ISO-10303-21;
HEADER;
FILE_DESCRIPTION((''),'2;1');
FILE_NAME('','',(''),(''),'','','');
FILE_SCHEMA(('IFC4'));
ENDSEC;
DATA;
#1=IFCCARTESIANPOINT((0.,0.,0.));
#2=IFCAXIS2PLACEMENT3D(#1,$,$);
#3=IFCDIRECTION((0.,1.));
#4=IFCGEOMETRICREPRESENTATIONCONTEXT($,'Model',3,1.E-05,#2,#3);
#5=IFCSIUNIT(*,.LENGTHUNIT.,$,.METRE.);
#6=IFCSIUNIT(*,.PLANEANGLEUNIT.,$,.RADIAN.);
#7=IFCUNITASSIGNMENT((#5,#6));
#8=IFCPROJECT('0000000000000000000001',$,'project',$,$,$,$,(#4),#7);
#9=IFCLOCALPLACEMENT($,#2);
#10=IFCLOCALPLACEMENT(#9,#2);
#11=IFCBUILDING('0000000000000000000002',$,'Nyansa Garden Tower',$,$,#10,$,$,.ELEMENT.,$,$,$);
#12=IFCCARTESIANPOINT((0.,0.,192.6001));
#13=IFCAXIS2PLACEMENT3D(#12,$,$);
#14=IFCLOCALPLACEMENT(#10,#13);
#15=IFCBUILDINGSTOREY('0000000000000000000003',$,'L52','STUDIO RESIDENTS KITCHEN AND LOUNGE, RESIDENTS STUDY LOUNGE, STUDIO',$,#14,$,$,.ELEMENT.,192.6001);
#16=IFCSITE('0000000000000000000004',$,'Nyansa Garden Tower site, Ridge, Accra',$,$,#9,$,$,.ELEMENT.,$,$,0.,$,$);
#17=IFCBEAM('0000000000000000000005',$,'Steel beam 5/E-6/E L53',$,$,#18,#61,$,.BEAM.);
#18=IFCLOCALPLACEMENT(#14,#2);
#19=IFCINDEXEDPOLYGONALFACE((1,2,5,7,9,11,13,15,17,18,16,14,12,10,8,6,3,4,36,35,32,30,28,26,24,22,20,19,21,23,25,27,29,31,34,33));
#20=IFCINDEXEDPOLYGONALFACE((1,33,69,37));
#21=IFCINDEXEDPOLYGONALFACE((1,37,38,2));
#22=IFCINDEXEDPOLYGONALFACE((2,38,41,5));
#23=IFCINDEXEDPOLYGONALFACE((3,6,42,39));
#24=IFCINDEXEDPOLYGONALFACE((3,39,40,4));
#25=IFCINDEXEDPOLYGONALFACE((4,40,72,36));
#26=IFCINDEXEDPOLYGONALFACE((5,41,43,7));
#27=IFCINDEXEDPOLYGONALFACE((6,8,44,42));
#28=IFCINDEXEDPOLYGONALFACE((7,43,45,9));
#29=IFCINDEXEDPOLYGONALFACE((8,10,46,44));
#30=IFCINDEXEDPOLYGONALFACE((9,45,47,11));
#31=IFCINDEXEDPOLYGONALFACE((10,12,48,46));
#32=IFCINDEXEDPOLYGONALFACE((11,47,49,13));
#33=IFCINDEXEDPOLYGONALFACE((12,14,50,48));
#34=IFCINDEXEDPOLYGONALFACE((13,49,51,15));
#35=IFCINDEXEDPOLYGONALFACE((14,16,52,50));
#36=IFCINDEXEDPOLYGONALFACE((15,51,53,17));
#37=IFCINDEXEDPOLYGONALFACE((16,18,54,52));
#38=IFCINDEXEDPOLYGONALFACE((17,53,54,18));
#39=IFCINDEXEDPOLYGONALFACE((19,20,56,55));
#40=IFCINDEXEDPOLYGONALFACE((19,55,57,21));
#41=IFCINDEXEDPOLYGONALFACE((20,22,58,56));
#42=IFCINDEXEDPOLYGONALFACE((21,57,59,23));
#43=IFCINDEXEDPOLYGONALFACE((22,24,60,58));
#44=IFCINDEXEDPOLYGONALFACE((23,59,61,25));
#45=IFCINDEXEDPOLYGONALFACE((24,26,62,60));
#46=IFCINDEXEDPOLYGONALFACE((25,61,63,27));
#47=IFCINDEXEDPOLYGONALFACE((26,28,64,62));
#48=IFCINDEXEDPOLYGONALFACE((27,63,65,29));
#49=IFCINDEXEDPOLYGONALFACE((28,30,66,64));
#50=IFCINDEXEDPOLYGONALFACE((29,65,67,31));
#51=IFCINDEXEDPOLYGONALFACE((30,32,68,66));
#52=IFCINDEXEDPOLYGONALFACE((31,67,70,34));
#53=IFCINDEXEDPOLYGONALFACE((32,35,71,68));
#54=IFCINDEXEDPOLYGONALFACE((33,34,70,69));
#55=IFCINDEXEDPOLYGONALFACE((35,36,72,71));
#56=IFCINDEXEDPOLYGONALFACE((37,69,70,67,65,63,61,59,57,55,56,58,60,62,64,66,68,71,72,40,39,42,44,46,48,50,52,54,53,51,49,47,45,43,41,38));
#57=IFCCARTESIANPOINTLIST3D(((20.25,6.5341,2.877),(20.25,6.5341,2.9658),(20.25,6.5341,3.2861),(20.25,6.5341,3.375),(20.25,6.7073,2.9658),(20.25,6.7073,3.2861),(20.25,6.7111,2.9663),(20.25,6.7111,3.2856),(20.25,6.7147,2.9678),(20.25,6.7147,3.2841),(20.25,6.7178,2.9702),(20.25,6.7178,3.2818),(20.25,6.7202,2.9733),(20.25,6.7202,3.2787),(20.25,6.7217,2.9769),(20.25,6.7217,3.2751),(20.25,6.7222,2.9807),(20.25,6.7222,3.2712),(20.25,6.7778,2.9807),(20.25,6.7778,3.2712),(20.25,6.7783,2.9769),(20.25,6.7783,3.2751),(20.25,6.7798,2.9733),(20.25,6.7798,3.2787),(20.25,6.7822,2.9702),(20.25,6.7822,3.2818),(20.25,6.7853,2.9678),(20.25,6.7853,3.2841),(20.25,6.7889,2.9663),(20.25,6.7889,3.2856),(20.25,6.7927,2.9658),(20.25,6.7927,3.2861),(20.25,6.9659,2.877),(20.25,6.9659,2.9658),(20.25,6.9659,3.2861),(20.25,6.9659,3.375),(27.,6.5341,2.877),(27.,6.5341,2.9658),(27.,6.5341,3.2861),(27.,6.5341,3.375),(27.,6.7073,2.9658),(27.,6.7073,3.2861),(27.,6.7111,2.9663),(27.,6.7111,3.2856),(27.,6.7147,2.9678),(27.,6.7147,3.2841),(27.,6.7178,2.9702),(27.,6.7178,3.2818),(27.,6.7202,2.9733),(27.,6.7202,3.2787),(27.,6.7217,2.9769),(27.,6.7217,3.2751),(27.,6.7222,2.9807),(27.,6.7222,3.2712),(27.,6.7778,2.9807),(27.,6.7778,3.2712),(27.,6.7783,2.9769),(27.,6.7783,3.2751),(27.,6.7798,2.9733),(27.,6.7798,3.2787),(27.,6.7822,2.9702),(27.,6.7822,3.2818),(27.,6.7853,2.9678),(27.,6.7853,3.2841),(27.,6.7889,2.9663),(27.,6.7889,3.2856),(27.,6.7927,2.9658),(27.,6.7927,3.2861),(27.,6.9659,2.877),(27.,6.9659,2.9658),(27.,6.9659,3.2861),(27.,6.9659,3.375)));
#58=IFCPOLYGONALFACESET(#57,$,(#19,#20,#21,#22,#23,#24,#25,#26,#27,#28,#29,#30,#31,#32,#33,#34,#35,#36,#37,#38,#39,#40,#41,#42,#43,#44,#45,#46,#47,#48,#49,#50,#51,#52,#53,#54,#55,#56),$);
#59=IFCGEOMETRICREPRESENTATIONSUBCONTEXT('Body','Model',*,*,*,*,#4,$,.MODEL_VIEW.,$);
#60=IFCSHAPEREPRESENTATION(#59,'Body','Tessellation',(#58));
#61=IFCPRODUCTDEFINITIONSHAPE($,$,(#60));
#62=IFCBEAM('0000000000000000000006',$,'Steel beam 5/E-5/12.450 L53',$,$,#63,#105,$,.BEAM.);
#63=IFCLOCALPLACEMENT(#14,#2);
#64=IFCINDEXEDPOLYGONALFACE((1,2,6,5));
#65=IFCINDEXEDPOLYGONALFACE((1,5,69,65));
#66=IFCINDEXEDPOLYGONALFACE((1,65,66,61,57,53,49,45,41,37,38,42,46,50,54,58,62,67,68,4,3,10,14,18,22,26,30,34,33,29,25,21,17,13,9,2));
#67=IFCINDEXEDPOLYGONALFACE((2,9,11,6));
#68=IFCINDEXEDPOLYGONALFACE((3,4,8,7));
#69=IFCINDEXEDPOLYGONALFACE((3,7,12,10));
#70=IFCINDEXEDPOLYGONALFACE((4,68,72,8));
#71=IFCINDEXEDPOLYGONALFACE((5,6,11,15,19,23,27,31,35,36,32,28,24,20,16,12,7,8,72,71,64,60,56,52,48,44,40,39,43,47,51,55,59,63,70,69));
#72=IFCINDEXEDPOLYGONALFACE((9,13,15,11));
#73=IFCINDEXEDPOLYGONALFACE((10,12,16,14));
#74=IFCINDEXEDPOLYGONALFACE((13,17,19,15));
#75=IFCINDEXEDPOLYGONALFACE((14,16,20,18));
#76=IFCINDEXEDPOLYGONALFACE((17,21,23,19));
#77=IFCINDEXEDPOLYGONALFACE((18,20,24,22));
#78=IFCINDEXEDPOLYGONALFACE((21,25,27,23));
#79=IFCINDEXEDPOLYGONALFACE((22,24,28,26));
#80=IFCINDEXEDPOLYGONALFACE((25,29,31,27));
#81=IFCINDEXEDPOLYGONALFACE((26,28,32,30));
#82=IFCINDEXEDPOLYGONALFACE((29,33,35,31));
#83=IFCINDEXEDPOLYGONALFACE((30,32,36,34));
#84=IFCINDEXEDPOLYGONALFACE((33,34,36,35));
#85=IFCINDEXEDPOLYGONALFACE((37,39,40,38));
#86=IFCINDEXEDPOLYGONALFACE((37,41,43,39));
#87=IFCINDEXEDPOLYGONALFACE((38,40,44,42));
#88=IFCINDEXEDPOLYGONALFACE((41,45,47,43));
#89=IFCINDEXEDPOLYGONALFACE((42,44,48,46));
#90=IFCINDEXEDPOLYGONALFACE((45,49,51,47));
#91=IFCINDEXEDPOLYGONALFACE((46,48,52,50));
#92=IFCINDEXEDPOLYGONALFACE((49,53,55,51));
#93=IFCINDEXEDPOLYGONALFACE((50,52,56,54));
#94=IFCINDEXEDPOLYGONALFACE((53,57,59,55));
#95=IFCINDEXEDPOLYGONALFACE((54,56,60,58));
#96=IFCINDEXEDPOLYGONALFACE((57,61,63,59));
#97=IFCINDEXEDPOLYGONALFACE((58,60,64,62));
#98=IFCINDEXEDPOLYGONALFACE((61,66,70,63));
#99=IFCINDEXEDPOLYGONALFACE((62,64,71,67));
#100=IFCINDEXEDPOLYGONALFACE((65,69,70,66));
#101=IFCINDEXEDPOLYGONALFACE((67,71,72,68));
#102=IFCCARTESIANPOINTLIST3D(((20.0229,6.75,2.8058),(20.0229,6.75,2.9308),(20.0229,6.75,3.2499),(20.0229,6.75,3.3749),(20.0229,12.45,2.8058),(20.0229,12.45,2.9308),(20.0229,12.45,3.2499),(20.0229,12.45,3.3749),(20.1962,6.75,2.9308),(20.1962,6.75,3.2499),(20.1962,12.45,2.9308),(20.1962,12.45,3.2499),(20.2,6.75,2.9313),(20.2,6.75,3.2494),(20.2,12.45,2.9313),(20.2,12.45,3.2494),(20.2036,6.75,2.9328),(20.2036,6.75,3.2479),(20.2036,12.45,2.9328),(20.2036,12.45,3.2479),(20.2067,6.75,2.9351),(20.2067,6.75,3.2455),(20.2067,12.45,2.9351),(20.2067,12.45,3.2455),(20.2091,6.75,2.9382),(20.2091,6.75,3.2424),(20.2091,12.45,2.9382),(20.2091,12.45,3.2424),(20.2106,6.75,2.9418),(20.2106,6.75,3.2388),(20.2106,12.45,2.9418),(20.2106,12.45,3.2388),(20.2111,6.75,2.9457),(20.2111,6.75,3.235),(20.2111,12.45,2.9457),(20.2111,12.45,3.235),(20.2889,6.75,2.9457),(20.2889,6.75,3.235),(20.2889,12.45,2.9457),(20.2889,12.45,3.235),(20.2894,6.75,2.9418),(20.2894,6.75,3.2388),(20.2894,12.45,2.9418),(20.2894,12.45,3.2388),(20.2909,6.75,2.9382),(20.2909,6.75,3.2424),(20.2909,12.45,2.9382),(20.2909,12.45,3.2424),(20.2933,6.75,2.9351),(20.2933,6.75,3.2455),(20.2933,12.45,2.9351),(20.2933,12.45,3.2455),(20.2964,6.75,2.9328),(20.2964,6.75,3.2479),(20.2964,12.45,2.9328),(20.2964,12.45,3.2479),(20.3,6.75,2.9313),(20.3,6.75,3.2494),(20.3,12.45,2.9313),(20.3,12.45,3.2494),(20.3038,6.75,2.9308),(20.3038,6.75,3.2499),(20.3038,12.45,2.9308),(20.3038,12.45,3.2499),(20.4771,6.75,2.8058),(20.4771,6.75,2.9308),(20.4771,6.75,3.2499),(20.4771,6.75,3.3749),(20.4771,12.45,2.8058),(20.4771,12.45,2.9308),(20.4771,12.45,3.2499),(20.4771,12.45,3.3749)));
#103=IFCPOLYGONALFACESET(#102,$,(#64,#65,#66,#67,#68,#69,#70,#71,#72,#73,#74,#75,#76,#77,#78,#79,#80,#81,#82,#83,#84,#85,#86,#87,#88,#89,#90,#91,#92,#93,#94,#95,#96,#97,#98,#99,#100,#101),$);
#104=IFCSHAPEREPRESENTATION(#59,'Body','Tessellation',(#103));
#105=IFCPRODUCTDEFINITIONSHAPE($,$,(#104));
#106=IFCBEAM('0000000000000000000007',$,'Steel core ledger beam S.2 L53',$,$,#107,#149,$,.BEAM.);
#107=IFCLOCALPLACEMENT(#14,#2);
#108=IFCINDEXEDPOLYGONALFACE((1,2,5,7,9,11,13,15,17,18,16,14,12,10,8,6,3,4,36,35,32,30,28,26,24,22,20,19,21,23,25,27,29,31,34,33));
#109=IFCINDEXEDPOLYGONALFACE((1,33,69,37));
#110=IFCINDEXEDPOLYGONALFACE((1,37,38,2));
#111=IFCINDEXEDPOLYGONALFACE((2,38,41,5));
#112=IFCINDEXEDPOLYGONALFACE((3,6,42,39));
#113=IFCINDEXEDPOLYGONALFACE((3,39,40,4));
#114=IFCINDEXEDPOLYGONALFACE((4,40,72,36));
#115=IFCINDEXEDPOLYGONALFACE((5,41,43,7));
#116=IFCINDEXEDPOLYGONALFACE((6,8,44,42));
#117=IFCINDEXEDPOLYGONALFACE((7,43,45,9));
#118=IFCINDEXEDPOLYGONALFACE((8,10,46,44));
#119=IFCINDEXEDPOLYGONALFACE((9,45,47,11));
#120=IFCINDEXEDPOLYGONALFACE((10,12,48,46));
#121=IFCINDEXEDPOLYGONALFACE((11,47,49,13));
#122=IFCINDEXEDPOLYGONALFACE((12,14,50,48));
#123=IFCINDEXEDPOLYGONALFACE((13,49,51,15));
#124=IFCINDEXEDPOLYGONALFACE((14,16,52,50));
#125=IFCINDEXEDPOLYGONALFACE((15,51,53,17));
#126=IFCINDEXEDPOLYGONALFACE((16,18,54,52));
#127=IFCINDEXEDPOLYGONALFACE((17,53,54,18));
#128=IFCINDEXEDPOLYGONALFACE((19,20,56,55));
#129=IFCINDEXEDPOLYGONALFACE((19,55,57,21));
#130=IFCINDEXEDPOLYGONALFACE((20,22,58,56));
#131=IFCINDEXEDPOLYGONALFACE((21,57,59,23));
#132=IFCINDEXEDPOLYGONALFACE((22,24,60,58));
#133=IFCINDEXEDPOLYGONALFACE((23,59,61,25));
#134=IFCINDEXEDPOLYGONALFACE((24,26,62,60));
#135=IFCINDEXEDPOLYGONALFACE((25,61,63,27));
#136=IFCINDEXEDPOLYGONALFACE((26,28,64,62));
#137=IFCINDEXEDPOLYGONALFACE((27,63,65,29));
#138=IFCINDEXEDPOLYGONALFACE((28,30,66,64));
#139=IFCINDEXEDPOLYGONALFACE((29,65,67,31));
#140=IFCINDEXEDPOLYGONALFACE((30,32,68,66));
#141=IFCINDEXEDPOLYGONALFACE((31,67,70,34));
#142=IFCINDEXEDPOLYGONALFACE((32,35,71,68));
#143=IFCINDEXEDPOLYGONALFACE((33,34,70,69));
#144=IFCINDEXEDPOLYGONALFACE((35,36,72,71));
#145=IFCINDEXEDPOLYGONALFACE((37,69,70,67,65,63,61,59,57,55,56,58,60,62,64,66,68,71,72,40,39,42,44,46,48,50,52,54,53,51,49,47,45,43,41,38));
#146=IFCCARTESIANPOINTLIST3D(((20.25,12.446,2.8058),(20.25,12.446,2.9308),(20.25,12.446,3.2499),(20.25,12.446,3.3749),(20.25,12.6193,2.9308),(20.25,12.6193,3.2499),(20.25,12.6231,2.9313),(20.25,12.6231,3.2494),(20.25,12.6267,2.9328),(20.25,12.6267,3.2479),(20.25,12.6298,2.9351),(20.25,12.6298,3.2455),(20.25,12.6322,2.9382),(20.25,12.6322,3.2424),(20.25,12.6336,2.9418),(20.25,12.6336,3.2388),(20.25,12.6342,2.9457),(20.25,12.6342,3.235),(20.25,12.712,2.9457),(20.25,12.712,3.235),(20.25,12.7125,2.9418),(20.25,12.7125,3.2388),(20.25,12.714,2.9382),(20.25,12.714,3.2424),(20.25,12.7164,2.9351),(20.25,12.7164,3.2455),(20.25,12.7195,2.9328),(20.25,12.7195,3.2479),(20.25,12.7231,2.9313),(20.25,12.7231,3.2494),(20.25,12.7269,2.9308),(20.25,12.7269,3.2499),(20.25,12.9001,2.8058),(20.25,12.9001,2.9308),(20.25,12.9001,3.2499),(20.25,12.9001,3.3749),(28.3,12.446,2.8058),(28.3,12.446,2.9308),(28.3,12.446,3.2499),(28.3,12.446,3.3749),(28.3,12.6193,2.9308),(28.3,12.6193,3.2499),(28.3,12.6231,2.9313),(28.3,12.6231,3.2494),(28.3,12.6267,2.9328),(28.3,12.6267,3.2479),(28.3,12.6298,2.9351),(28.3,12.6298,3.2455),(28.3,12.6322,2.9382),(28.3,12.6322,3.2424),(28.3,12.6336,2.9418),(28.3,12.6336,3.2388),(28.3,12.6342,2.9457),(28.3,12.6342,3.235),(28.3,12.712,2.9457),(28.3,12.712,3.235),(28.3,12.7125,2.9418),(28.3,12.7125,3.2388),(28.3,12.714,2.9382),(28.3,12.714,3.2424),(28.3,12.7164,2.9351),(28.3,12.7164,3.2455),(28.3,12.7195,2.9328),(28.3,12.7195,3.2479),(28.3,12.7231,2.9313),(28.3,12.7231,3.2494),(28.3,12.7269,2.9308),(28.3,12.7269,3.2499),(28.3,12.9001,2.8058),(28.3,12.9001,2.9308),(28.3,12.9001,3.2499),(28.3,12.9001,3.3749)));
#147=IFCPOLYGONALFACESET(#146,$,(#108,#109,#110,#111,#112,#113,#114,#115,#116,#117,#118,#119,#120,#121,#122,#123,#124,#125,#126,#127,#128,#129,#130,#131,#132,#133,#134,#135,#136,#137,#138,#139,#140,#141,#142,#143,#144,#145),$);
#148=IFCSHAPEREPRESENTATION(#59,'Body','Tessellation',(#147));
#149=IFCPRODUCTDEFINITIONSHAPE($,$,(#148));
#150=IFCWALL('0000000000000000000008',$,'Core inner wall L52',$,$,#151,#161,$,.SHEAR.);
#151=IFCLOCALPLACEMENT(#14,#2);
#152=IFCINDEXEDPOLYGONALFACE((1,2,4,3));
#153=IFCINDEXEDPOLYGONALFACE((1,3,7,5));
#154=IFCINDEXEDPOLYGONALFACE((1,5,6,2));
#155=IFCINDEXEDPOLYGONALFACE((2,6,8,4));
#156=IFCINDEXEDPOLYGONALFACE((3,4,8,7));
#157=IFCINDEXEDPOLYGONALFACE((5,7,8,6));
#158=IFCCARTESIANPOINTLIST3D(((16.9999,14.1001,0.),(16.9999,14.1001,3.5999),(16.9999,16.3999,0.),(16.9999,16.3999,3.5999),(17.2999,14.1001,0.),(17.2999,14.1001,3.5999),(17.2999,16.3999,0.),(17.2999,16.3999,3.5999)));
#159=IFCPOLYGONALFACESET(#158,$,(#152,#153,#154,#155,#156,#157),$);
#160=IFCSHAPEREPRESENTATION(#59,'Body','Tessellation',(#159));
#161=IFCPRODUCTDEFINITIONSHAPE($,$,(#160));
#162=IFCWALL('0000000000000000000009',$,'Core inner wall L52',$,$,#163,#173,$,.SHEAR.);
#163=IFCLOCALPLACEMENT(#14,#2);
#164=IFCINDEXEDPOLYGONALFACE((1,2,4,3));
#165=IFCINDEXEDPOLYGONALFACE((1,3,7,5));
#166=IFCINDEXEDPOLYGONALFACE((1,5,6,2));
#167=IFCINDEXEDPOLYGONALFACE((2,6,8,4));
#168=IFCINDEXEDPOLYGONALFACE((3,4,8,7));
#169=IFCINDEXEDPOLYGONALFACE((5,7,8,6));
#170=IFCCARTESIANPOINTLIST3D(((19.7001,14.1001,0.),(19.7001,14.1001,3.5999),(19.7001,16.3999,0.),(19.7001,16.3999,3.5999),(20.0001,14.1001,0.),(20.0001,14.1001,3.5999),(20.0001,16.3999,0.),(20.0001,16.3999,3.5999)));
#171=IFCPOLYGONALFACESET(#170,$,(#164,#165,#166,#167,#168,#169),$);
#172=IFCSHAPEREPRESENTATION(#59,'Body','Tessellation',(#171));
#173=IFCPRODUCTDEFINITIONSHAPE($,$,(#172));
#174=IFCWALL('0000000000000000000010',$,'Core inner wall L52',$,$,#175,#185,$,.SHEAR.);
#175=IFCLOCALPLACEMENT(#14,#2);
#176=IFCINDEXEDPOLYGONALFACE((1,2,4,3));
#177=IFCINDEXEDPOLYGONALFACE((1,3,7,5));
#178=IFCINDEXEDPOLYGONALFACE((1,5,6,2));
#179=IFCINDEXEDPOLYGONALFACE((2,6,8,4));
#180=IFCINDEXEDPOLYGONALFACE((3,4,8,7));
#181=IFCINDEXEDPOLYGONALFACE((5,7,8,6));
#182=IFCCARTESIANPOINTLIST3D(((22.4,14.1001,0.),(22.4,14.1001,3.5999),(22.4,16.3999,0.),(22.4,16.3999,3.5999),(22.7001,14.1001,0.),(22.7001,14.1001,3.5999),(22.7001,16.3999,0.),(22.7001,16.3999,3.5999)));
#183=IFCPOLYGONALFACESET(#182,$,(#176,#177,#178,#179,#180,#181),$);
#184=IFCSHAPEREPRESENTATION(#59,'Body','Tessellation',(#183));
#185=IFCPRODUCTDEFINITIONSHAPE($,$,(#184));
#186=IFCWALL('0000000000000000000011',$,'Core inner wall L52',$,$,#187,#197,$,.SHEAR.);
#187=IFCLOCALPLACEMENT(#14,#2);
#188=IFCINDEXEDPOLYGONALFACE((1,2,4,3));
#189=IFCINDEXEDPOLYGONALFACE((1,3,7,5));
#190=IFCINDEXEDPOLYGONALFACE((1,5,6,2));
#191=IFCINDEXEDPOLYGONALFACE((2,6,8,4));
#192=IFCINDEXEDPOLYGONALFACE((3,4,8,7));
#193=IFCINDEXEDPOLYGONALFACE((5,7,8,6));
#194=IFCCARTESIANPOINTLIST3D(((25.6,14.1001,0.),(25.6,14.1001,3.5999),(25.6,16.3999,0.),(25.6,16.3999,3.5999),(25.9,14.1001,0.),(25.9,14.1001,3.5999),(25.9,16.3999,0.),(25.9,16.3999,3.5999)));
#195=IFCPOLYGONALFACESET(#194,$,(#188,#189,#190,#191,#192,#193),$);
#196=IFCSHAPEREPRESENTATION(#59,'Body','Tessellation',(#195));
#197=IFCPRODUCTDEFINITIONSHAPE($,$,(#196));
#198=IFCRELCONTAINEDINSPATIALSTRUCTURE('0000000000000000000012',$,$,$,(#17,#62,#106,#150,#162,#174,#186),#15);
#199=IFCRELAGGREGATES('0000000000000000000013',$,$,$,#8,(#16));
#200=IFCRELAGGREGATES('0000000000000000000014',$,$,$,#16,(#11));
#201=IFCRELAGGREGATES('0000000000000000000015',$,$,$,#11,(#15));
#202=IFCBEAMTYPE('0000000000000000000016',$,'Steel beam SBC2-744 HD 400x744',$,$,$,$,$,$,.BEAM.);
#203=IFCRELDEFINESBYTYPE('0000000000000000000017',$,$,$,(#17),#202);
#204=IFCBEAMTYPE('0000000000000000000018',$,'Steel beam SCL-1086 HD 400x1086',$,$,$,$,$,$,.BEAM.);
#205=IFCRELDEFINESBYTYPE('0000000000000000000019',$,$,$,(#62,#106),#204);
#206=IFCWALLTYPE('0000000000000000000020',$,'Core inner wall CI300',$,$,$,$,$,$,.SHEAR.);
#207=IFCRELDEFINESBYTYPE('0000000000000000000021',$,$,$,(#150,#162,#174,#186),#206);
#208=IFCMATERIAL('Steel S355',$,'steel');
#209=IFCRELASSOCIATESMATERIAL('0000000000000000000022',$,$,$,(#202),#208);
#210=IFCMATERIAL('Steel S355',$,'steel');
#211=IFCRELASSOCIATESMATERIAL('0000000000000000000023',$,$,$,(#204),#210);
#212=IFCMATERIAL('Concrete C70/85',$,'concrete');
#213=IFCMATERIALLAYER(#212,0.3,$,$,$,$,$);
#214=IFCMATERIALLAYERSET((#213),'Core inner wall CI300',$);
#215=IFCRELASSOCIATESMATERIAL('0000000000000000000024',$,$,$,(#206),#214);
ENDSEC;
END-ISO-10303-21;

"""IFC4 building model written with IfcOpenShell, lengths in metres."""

from ifc_helpers import new_model, si_unit, direction, frame, frame_2d, origin, origin_2d, place, context, subcontext, project, spatial, rectangle, i_section, extrude, material, layer, layer_set, material_profile, profile_set, type_object, element, save


model = new_model("IFC4")

# Units and contexts
model_context = context("Model", 3, precision=1e-05, world=origin(), true_north=direction((0.0, 1.0)))
body_context = subcontext(model_context, "Body", "Model", "MODEL_VIEW")
ifc_project = project(units=[si_unit("LENGTHUNIT", "METRE"), si_unit("PLANEANGLEUNIT", "RADIAN")], contexts=[model_context])

# Site, building, storey
site_placement = place(None, origin())
site = spatial("IfcSite", under=ifc_project, at=site_placement, Name="Nyansa Garden Tower site, Ridge, Accra", CompositionType="ELEMENT", RefElevation=0.0)
building_placement = place(site_placement, origin())
building = spatial("IfcBuilding", under=site, at=building_placement, Name="Nyansa Garden Tower", CompositionType="ELEMENT")
storey_placement = place(building_placement, frame((0.0, 0.0, 192.6001)))
storey = spatial("IfcBuildingStorey", under=building, at=storey_placement, Name="L52", Description="STUDIO RESIDENTS KITCHEN AND LOUNGE, RESIDENTS STUDY LOUNGE, STUDIO", CompositionType="ELEMENT", Elevation=192.6001)

# Beams
ifc_material_1 = material(Name="Steel S355", Category="steel")
ifc_material_profile_1 = material_profile(ifc_material_1, i_section(OverallWidth=0.4319, OverallDepth=0.498, WebThickness=0.0557, FlangeThickness=0.0889, FilletRadius=0.0149, at=origin_2d()), Name="HD 400x744")
ifc_profile_set_1 = profile_set([ifc_material_profile_1], Name="Steel S355")
beam_type_1 = type_object("IfcBeamType", Name="Steel beam SBC2-744 HD 400x744", PredefinedType="BEAM", material=ifc_profile_set_1)
beam_1_placement = place(storey_placement, frame((20.25, 6.75, 3.126), z_axis=(1.0, 0.0, 0.0), x_axis=(0.0, 1.0, 0.0)))
element("IfcBeam", 1, at=beam_1_placement, inside=storey, type_object=beam_type_1, Name="Steel beam 5/E-6/E L53", PredefinedType="BEAM", context=body_context, shape_type="SweptSolid", body=[
    extrude(i_section(OverallWidth=0.4319, OverallDepth=0.498, WebThickness=0.0557, FlangeThickness=0.0889, FilletRadius=0.0149, at=origin_2d()), origin(), (0.0, 0.0, 1.0), 6.75),
])
ifc_material_2 = material(Name="Steel S355", Category="steel")
ifc_material_profile_2 = material_profile(ifc_material_2, i_section(OverallWidth=0.4541, OverallDepth=0.5691, WebThickness=0.0779, FlangeThickness=0.125, FilletRadius=0.0149, at=origin_2d()), Name="HD 400x1086")
ifc_profile_set_2 = profile_set([ifc_material_profile_2], Name="Steel S355")
beam_type_2 = type_object("IfcBeamType", Name="Steel beam SCL-1086 HD 400x1086", PredefinedType="BEAM", material=ifc_profile_set_2)
beam_2_placement = place(storey_placement, frame((20.25, 6.75, 3.0903), z_axis=(0.0, 1.0, 0.0), x_axis=(-1.0, 0.0, 0.0)))
element("IfcBeam", 2, at=beam_2_placement, inside=storey, type_object=beam_type_2, Name="Steel beam 5/E-5/12.450 L53", PredefinedType="BEAM", context=body_context, shape_type="SweptSolid", body=[
    extrude(i_section(OverallWidth=0.4541, OverallDepth=0.5691, WebThickness=0.0779, FlangeThickness=0.125, FilletRadius=0.0149, at=origin_2d()), origin(), (0.0, 0.0, 1.0), 5.7),
])
beam_3_placement = place(storey_placement, frame((20.25, 12.6731, 3.0903), z_axis=(1.0, 0.0, 0.0), x_axis=(0.0, 1.0, 0.0)))
element("IfcBeam", 3, at=beam_3_placement, inside=storey, type_object=beam_type_2, Name="Steel core ledger beam S.2 L53", PredefinedType="BEAM", context=body_context, shape_type="SweptSolid", body=[
    extrude(i_section(OverallWidth=0.4541, OverallDepth=0.5691, WebThickness=0.0779, FlangeThickness=0.125, FilletRadius=0.0149, at=origin_2d()), origin(), (0.0, 0.0, 1.0), 8.05),
])

# Walls
ifc_material_3 = material(Name="Concrete C70/85", Category="concrete")
ifc_layer_1 = layer(ifc_material_3, 0.3)
ifc_layer_set_1 = layer_set([ifc_layer_1], Name="Core inner wall CI300")
wall_type_1 = type_object("IfcWallType", Name="Core inner wall CI300", PredefinedType="SHEAR", material=ifc_layer_set_1)
for number, where, z_axis, x_axis, name in (
    (4, (17.1499, 14.1001, 0.0), (0.0, 0.0, 1.0), (0.0, 1.0, 0.0), "Core inner wall L52"),
    (5, (19.8501, 14.1001, 0.0), (0.0, 0.0, 1.0), (0.0, 1.0, 0.0), "Core inner wall L52"),
    (6, (22.55, 14.1001, 0.0), (0.0, 0.0, 1.0), (0.0, 1.0, 0.0), "Core inner wall L52"),
    (7, (25.75, 14.1001, 0.0), (0.0, 0.0, 1.0), (0.0, 1.0, 0.0), "Core inner wall L52"),
):
    element("IfcWall", number, at=place(storey_placement, frame(where, z_axis=z_axis, x_axis=x_axis)), inside=storey, type_object=wall_type_1, Name=name, PredefinedType="SHEAR", context=body_context, shape_type="SweptSolid", body=[
        extrude(rectangle(XDim=2.2998, YDim=0.3, at=frame_2d((1.1499, 0.0))), origin(), (0.0, 0.0, 1.0), 3.5999),
    ])

save(model, "model.ifc")
